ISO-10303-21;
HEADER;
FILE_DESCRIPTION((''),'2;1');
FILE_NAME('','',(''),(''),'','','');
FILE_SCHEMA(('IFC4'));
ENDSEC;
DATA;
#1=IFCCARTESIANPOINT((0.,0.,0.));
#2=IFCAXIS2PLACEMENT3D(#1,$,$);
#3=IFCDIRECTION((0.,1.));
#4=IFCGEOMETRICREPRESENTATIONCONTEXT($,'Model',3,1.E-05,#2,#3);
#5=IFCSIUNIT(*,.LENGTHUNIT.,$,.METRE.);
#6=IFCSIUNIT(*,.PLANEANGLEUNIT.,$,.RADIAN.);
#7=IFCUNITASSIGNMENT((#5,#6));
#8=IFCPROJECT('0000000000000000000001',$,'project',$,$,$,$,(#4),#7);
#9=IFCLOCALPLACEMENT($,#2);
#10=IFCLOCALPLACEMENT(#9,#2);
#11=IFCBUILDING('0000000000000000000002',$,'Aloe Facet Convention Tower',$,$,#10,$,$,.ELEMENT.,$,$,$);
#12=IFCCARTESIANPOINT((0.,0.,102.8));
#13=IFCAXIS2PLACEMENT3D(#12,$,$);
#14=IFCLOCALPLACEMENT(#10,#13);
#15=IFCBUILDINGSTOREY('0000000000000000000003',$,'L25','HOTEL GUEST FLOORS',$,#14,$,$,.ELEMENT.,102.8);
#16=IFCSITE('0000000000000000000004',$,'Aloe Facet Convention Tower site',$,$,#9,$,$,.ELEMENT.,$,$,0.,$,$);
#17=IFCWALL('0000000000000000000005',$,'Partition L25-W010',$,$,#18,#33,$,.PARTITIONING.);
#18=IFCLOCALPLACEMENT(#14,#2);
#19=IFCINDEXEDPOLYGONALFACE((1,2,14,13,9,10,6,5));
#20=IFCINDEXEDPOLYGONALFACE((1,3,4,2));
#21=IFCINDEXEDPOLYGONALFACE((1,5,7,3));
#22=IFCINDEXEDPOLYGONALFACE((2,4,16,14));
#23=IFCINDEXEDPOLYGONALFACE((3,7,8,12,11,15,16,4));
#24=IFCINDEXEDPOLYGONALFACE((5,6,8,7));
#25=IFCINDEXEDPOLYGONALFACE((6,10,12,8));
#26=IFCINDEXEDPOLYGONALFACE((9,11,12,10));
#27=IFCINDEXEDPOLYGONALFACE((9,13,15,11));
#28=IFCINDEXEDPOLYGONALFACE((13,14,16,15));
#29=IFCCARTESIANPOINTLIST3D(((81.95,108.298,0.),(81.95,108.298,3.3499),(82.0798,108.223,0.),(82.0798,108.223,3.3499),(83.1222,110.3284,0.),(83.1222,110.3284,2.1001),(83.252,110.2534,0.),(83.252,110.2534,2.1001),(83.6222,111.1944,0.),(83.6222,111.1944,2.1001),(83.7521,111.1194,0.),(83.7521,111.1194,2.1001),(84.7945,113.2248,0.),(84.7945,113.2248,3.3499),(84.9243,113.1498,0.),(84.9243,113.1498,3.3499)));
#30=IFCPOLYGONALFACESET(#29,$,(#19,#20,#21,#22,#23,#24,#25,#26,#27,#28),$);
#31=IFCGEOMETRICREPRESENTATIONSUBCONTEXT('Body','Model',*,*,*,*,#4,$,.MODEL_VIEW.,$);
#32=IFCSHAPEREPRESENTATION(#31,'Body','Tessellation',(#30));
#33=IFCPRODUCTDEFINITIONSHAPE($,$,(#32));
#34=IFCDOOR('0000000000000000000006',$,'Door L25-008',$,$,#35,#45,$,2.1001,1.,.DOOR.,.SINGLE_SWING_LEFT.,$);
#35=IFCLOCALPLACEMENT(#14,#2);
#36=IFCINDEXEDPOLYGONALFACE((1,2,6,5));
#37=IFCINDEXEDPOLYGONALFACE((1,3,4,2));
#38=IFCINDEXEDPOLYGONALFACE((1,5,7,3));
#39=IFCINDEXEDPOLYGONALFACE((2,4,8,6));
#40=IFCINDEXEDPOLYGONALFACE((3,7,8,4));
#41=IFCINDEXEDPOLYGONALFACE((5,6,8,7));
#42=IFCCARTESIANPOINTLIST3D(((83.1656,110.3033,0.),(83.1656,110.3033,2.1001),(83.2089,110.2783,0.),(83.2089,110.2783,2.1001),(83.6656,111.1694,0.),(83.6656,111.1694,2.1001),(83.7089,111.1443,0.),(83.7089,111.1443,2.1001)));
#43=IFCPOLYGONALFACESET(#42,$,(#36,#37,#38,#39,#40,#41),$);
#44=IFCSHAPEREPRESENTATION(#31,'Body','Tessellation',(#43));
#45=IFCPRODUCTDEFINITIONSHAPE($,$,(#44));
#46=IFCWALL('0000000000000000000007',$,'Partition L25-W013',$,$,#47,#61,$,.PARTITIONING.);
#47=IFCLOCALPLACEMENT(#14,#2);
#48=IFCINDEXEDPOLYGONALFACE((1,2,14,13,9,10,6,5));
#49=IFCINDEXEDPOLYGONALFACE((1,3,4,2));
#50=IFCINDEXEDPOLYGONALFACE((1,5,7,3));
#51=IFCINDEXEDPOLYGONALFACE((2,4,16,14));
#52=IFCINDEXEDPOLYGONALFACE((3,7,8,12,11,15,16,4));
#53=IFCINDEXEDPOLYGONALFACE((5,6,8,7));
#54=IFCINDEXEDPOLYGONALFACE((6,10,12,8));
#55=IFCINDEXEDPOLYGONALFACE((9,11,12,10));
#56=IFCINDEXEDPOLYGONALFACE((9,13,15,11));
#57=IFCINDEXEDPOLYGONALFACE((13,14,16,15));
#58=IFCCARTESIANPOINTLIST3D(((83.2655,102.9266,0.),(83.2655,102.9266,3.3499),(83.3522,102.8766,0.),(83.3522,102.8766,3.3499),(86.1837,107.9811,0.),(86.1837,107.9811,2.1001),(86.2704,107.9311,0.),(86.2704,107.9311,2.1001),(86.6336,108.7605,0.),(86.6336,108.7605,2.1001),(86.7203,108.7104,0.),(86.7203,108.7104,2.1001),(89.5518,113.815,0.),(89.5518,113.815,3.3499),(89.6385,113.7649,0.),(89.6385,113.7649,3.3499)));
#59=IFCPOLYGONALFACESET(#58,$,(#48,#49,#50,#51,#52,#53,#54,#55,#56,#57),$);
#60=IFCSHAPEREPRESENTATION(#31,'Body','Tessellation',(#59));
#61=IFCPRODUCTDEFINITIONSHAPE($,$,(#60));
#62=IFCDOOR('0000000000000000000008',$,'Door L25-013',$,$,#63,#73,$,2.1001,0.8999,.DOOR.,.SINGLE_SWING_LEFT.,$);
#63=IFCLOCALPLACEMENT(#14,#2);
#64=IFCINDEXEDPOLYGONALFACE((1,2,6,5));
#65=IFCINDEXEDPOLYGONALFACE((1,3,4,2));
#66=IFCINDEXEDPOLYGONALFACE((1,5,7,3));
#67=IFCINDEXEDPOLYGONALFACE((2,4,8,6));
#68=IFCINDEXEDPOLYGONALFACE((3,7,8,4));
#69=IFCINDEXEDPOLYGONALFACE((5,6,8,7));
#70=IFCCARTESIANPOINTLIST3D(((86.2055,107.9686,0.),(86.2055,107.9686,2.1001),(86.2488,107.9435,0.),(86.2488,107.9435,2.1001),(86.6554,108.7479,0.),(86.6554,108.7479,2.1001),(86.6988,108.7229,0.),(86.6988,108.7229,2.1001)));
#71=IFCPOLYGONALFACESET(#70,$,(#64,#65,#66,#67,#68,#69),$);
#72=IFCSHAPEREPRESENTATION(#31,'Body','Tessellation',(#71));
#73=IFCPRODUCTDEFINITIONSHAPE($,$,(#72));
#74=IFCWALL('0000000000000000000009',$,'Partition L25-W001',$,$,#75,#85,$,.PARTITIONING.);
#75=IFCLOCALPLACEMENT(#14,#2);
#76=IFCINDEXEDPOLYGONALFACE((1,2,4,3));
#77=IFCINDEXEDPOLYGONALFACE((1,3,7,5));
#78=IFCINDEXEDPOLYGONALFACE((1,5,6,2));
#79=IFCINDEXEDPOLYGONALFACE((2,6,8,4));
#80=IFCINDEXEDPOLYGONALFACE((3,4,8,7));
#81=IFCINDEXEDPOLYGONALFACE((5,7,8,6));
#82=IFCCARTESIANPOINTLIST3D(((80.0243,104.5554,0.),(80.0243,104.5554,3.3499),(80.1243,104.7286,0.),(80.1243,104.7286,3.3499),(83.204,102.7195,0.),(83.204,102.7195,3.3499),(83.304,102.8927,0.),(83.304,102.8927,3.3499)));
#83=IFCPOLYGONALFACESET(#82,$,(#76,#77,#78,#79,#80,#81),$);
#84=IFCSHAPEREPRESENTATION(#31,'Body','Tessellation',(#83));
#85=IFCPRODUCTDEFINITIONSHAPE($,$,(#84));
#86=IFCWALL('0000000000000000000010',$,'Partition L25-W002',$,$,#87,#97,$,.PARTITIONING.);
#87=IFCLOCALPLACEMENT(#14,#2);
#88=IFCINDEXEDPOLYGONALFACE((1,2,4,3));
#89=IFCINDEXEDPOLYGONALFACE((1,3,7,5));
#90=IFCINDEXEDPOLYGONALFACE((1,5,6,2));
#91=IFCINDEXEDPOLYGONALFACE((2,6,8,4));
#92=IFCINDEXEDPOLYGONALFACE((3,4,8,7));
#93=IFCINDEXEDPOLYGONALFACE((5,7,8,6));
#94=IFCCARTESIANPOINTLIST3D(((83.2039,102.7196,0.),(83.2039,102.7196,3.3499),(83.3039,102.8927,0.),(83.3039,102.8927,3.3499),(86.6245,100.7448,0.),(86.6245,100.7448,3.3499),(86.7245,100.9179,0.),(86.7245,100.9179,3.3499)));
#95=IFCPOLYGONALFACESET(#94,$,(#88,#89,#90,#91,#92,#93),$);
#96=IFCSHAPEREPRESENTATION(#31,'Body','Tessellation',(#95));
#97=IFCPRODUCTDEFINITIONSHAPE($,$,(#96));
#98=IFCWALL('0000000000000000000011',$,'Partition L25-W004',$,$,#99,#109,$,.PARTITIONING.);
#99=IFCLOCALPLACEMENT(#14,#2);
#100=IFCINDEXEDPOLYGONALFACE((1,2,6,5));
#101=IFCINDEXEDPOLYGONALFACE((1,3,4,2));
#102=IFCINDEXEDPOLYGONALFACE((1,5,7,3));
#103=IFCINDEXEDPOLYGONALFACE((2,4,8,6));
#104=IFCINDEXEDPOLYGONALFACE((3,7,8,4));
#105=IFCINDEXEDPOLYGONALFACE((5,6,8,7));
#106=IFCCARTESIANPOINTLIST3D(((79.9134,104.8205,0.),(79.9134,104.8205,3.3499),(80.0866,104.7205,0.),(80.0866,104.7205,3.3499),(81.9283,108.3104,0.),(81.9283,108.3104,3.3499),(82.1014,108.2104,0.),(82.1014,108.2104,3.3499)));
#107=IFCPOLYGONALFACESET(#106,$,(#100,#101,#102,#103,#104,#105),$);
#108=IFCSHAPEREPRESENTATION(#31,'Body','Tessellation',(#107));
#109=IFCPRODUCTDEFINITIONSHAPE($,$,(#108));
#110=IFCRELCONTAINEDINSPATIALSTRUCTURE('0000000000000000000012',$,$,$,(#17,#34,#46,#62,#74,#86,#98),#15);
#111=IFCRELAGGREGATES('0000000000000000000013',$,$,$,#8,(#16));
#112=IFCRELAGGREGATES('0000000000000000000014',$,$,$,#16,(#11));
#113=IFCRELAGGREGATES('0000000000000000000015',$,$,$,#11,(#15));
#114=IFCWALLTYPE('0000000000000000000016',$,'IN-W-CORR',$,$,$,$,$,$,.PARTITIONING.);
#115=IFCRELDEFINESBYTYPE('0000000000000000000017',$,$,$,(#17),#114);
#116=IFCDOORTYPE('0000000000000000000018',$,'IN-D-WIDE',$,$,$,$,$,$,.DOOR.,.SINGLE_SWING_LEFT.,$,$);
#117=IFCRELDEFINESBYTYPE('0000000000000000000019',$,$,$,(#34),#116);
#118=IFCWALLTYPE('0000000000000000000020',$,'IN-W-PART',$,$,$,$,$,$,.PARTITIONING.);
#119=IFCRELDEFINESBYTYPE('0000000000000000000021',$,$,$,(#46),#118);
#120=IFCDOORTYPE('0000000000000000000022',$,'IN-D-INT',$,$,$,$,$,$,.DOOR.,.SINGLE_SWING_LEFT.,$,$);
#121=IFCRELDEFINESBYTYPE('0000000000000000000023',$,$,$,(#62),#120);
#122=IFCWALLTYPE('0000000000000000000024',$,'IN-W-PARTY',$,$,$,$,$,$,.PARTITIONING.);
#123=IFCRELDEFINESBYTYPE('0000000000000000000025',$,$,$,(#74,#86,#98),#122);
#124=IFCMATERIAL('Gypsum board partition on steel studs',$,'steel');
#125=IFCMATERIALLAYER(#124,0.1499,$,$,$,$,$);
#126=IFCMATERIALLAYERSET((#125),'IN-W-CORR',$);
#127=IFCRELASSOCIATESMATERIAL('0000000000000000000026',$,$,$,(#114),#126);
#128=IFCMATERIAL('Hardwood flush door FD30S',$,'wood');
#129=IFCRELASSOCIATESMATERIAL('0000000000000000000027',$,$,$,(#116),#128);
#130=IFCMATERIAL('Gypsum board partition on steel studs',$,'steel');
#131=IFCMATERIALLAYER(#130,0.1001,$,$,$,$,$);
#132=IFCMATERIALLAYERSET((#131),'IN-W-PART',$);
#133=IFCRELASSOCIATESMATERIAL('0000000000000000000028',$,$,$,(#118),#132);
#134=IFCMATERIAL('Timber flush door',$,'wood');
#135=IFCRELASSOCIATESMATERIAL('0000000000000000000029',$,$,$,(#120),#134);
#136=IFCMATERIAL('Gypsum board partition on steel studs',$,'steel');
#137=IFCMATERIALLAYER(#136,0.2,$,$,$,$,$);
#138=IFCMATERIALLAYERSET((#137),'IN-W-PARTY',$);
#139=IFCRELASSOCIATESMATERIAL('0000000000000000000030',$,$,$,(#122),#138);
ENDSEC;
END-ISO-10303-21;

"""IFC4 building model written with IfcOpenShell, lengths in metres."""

from ifc_helpers import new_model, si_unit, direction, frame, frame_2d, origin, place, context, subcontext, project, spatial, rectangle, extrude, material, layer, layer_set, type_object, element, fill, save


model = new_model("IFC4")

# Units and contexts
model_context = context("Model", 3, precision=1e-05, world=origin(), true_north=direction((0.0, 1.0)))
body_context = subcontext(model_context, "Body", "Model", "MODEL_VIEW")
ifc_project = project(units=[si_unit("LENGTHUNIT", "METRE"), si_unit("PLANEANGLEUNIT", "RADIAN")], contexts=[model_context])

# Site, building, storey
site_placement = place(None, origin())
site = spatial("IfcSite", under=ifc_project, at=site_placement, Name="Aloe Facet Convention Tower site", CompositionType="ELEMENT", RefElevation=0.0)
building_placement = place(site_placement, origin())
building = spatial("IfcBuilding", under=site, at=building_placement, Name="Aloe Facet Convention Tower", CompositionType="ELEMENT")
storey_placement = place(building_placement, frame((0.0, 0.0, 102.8)))
storey = spatial("IfcBuildingStorey", under=building, at=storey_placement, Name="L25", Description="HOTEL GUEST FLOORS", CompositionType="ELEMENT", Elevation=102.8)

# Walls, openings, doors
ifc_material_1 = material(Name="Gypsum board partition on steel studs", Category="steel")
ifc_layer_1 = layer(ifc_material_1, 0.1499)
ifc_layer_set_1 = layer_set([ifc_layer_1], Name="IN-W-CORR")
wall_type_1 = type_object("IfcWallType", Name="IN-W-CORR", PredefinedType="PARTITIONING", material=ifc_layer_set_1)
wall_1_placement = place(storey_placement, frame((82.0149, 108.2605, 0.0), z_axis=(0.0, 0.0, 1.0), x_axis=(0.500002, 0.866024, 0.0)))
wall_1 = element("IfcWall", 1, at=wall_1_placement, inside=storey, type_object=wall_type_1, Name="Partition L25-W010", PredefinedType="PARTITIONING", context=body_context, shape_type="SweptSolid", body=[
    extrude(rectangle(XDim=5.689, YDim=0.1499, at=frame_2d((2.8445, 0.0))), origin(), (0.0, 0.0, 1.0), 3.3499),
])
opening_1_placement = place(wall_1_placement, frame((2.3445, 0.0, 0.0)))
opening_1 = element("IfcOpeningElement", 2, at=opening_1_placement, cuts=wall_1, PredefinedType="OPENING", context=body_context, shape_type="SweptSolid", body=[
    extrude(rectangle(XDim=1.0, YDim=2.1001, at=frame_2d((0.5, 1.05))), frame((0.0, 0.085, 0.0), z_axis=(0.0, -1.0, 0.0), x_axis=(1.0, 0.0, 0.0)), (0.0, 0.0, 1.0), 0.1699),
])
ifc_material_2 = material(Name="Hardwood flush door FD30S", Category="wood")
door_type_1 = type_object("IfcDoorType", Name="IN-D-WIDE", OperationType="SINGLE_SWING_LEFT", PredefinedType="DOOR", material=ifc_material_2)
door_1_placement = place(opening_1_placement, origin())
door_1 = element("IfcDoor", 3, at=door_1_placement, inside=storey, type_object=door_type_1, Name="Door L25-008", OperationType="SINGLE_SWING_LEFT", OverallHeight=2.1001, OverallWidth=1.0, PredefinedType="DOOR", context=body_context, shape_type="SweptSolid", body=[
    extrude(rectangle(XDim=1.0, YDim=2.1001, at=frame_2d((0.5, 1.05))), frame((0.0, 0.0249, 0.0), z_axis=(0.0, -1.0, 0.0), x_axis=(1.0, 0.0, 0.0)), (0.0, 0.0, 1.0), 0.05),
])
fill(opening_1, door_1)
ifc_material_3 = material(Name="Gypsum board partition on steel studs", Category="steel")
ifc_layer_2 = layer(ifc_material_3, 0.1001)
ifc_layer_set_2 = layer_set([ifc_layer_2], Name="IN-W-PART")
wall_type_2 = type_object("IfcWallType", Name="IN-W-PART", PredefinedType="PARTITIONING", material=ifc_layer_set_2)
wall_2_placement = place(storey_placement, frame((83.3088, 102.9016, 0.0), z_axis=(0.0, 0.0, 1.0), x_axis=(0.499996, 0.866027, 0.0)))
wall_2 = element("IfcWall", 4, at=wall_2_placement, inside=storey, type_object=wall_type_2, Name="Partition L25-W013", PredefinedType="PARTITIONING", context=body_context, shape_type="SweptSolid", body=[
    extrude(rectangle(XDim=12.5728, YDim=0.1001, at=frame_2d((6.2864, 0.0))), origin(), (0.0, 0.0, 1.0), 3.3499),
])
opening_2_placement = place(wall_2_placement, frame((5.8364, 0.0, 0.0)))
opening_2 = element("IfcOpeningElement", 5, at=opening_2_placement, cuts=wall_2, PredefinedType="OPENING", context=body_context, shape_type="SweptSolid", body=[
    extrude(rectangle(XDim=0.8999, YDim=2.1001, at=frame_2d((0.45, 1.05))), frame((0.0, 0.0601, 0.0), z_axis=(0.0, -1.0, 0.0), x_axis=(1.0, 0.0, 0.0)), (0.0, 0.0, 1.0), 0.1201),
])
ifc_material_4 = material(Name="Timber flush door", Category="wood")
door_type_2 = type_object("IfcDoorType", Name="IN-D-INT", OperationType="SINGLE_SWING_LEFT", PredefinedType="DOOR", material=ifc_material_4)
door_2_placement = place(opening_2_placement, origin())
door_2 = element("IfcDoor", 6, at=door_2_placement, inside=storey, type_object=door_type_2, Name="Door L25-013", OperationType="SINGLE_SWING_LEFT", OverallHeight=2.1001, OverallWidth=0.8999, PredefinedType="DOOR", context=body_context, shape_type="SweptSolid", body=[
    extrude(rectangle(XDim=0.8999, YDim=2.1001, at=frame_2d((0.45, 1.05))), frame((0.0, 0.0249, 0.0), z_axis=(0.0, -1.0, 0.0), x_axis=(1.0, 0.0, 0.0)), (0.0, 0.0, 1.0), 0.05),
])
fill(opening_2, door_2)

# Walls
ifc_material_5 = material(Name="Gypsum board partition on steel studs", Category="steel")
ifc_layer_3 = layer(ifc_material_5, 0.2)
ifc_layer_set_3 = layer_set([ifc_layer_3], Name="IN-W-PARTY")
wall_type_3 = type_object("IfcWallType", Name="IN-W-PARTY", PredefinedType="PARTITIONING", material=ifc_layer_set_3)
wall_3_placement = place(storey_placement, frame((80.0742, 104.6421, 0.0), z_axis=(0.0, 0.0, 1.0), x_axis=(0.866008, -0.500029, 0.0)))
element("IfcWall", 7, at=wall_3_placement, inside=storey, type_object=wall_type_3, Name="Partition L25-W001", PredefinedType="PARTITIONING", context=body_context, shape_type="SweptSolid", body=[
    extrude(rectangle(XDim=3.6716, YDim=0.2, at=frame_2d((1.8359, 0.0))), origin(), (0.0, 0.0, 1.0), 3.3499),
])
wall_4_placement = place(storey_placement, frame((83.2539, 102.8062, 0.0), z_axis=(0.0, 0.0, 1.0), x_axis=(0.866032, -0.499988, 0.0)))
element("IfcWall", 8, at=wall_4_placement, inside=storey, type_object=wall_type_3, Name="Partition L25-W002", PredefinedType="PARTITIONING", context=body_context, shape_type="SweptSolid", body=[
    extrude(rectangle(XDim=3.9497, YDim=0.2, at=frame_2d((1.9749, 0.0))), origin(), (0.0, 0.0, 1.0), 3.3499),
])
wall_5_placement = place(storey_placement, frame((80.0, 104.7705, 0.0), z_axis=(0.0, 0.0, 1.0), x_axis=(0.49999, 0.866031, 0.0)))
element("IfcWall", 9, at=wall_5_placement, inside=storey, type_object=wall_type_3, Name="Partition L25-W004", PredefinedType="PARTITIONING", context=body_context, shape_type="SweptSolid", body=[
    extrude(rectangle(XDim=4.0298, YDim=0.2, at=frame_2d((2.0149, 0.0))), origin(), (0.0, 0.0, 1.0), 3.3499),
])

save(model, "model.ifc")
